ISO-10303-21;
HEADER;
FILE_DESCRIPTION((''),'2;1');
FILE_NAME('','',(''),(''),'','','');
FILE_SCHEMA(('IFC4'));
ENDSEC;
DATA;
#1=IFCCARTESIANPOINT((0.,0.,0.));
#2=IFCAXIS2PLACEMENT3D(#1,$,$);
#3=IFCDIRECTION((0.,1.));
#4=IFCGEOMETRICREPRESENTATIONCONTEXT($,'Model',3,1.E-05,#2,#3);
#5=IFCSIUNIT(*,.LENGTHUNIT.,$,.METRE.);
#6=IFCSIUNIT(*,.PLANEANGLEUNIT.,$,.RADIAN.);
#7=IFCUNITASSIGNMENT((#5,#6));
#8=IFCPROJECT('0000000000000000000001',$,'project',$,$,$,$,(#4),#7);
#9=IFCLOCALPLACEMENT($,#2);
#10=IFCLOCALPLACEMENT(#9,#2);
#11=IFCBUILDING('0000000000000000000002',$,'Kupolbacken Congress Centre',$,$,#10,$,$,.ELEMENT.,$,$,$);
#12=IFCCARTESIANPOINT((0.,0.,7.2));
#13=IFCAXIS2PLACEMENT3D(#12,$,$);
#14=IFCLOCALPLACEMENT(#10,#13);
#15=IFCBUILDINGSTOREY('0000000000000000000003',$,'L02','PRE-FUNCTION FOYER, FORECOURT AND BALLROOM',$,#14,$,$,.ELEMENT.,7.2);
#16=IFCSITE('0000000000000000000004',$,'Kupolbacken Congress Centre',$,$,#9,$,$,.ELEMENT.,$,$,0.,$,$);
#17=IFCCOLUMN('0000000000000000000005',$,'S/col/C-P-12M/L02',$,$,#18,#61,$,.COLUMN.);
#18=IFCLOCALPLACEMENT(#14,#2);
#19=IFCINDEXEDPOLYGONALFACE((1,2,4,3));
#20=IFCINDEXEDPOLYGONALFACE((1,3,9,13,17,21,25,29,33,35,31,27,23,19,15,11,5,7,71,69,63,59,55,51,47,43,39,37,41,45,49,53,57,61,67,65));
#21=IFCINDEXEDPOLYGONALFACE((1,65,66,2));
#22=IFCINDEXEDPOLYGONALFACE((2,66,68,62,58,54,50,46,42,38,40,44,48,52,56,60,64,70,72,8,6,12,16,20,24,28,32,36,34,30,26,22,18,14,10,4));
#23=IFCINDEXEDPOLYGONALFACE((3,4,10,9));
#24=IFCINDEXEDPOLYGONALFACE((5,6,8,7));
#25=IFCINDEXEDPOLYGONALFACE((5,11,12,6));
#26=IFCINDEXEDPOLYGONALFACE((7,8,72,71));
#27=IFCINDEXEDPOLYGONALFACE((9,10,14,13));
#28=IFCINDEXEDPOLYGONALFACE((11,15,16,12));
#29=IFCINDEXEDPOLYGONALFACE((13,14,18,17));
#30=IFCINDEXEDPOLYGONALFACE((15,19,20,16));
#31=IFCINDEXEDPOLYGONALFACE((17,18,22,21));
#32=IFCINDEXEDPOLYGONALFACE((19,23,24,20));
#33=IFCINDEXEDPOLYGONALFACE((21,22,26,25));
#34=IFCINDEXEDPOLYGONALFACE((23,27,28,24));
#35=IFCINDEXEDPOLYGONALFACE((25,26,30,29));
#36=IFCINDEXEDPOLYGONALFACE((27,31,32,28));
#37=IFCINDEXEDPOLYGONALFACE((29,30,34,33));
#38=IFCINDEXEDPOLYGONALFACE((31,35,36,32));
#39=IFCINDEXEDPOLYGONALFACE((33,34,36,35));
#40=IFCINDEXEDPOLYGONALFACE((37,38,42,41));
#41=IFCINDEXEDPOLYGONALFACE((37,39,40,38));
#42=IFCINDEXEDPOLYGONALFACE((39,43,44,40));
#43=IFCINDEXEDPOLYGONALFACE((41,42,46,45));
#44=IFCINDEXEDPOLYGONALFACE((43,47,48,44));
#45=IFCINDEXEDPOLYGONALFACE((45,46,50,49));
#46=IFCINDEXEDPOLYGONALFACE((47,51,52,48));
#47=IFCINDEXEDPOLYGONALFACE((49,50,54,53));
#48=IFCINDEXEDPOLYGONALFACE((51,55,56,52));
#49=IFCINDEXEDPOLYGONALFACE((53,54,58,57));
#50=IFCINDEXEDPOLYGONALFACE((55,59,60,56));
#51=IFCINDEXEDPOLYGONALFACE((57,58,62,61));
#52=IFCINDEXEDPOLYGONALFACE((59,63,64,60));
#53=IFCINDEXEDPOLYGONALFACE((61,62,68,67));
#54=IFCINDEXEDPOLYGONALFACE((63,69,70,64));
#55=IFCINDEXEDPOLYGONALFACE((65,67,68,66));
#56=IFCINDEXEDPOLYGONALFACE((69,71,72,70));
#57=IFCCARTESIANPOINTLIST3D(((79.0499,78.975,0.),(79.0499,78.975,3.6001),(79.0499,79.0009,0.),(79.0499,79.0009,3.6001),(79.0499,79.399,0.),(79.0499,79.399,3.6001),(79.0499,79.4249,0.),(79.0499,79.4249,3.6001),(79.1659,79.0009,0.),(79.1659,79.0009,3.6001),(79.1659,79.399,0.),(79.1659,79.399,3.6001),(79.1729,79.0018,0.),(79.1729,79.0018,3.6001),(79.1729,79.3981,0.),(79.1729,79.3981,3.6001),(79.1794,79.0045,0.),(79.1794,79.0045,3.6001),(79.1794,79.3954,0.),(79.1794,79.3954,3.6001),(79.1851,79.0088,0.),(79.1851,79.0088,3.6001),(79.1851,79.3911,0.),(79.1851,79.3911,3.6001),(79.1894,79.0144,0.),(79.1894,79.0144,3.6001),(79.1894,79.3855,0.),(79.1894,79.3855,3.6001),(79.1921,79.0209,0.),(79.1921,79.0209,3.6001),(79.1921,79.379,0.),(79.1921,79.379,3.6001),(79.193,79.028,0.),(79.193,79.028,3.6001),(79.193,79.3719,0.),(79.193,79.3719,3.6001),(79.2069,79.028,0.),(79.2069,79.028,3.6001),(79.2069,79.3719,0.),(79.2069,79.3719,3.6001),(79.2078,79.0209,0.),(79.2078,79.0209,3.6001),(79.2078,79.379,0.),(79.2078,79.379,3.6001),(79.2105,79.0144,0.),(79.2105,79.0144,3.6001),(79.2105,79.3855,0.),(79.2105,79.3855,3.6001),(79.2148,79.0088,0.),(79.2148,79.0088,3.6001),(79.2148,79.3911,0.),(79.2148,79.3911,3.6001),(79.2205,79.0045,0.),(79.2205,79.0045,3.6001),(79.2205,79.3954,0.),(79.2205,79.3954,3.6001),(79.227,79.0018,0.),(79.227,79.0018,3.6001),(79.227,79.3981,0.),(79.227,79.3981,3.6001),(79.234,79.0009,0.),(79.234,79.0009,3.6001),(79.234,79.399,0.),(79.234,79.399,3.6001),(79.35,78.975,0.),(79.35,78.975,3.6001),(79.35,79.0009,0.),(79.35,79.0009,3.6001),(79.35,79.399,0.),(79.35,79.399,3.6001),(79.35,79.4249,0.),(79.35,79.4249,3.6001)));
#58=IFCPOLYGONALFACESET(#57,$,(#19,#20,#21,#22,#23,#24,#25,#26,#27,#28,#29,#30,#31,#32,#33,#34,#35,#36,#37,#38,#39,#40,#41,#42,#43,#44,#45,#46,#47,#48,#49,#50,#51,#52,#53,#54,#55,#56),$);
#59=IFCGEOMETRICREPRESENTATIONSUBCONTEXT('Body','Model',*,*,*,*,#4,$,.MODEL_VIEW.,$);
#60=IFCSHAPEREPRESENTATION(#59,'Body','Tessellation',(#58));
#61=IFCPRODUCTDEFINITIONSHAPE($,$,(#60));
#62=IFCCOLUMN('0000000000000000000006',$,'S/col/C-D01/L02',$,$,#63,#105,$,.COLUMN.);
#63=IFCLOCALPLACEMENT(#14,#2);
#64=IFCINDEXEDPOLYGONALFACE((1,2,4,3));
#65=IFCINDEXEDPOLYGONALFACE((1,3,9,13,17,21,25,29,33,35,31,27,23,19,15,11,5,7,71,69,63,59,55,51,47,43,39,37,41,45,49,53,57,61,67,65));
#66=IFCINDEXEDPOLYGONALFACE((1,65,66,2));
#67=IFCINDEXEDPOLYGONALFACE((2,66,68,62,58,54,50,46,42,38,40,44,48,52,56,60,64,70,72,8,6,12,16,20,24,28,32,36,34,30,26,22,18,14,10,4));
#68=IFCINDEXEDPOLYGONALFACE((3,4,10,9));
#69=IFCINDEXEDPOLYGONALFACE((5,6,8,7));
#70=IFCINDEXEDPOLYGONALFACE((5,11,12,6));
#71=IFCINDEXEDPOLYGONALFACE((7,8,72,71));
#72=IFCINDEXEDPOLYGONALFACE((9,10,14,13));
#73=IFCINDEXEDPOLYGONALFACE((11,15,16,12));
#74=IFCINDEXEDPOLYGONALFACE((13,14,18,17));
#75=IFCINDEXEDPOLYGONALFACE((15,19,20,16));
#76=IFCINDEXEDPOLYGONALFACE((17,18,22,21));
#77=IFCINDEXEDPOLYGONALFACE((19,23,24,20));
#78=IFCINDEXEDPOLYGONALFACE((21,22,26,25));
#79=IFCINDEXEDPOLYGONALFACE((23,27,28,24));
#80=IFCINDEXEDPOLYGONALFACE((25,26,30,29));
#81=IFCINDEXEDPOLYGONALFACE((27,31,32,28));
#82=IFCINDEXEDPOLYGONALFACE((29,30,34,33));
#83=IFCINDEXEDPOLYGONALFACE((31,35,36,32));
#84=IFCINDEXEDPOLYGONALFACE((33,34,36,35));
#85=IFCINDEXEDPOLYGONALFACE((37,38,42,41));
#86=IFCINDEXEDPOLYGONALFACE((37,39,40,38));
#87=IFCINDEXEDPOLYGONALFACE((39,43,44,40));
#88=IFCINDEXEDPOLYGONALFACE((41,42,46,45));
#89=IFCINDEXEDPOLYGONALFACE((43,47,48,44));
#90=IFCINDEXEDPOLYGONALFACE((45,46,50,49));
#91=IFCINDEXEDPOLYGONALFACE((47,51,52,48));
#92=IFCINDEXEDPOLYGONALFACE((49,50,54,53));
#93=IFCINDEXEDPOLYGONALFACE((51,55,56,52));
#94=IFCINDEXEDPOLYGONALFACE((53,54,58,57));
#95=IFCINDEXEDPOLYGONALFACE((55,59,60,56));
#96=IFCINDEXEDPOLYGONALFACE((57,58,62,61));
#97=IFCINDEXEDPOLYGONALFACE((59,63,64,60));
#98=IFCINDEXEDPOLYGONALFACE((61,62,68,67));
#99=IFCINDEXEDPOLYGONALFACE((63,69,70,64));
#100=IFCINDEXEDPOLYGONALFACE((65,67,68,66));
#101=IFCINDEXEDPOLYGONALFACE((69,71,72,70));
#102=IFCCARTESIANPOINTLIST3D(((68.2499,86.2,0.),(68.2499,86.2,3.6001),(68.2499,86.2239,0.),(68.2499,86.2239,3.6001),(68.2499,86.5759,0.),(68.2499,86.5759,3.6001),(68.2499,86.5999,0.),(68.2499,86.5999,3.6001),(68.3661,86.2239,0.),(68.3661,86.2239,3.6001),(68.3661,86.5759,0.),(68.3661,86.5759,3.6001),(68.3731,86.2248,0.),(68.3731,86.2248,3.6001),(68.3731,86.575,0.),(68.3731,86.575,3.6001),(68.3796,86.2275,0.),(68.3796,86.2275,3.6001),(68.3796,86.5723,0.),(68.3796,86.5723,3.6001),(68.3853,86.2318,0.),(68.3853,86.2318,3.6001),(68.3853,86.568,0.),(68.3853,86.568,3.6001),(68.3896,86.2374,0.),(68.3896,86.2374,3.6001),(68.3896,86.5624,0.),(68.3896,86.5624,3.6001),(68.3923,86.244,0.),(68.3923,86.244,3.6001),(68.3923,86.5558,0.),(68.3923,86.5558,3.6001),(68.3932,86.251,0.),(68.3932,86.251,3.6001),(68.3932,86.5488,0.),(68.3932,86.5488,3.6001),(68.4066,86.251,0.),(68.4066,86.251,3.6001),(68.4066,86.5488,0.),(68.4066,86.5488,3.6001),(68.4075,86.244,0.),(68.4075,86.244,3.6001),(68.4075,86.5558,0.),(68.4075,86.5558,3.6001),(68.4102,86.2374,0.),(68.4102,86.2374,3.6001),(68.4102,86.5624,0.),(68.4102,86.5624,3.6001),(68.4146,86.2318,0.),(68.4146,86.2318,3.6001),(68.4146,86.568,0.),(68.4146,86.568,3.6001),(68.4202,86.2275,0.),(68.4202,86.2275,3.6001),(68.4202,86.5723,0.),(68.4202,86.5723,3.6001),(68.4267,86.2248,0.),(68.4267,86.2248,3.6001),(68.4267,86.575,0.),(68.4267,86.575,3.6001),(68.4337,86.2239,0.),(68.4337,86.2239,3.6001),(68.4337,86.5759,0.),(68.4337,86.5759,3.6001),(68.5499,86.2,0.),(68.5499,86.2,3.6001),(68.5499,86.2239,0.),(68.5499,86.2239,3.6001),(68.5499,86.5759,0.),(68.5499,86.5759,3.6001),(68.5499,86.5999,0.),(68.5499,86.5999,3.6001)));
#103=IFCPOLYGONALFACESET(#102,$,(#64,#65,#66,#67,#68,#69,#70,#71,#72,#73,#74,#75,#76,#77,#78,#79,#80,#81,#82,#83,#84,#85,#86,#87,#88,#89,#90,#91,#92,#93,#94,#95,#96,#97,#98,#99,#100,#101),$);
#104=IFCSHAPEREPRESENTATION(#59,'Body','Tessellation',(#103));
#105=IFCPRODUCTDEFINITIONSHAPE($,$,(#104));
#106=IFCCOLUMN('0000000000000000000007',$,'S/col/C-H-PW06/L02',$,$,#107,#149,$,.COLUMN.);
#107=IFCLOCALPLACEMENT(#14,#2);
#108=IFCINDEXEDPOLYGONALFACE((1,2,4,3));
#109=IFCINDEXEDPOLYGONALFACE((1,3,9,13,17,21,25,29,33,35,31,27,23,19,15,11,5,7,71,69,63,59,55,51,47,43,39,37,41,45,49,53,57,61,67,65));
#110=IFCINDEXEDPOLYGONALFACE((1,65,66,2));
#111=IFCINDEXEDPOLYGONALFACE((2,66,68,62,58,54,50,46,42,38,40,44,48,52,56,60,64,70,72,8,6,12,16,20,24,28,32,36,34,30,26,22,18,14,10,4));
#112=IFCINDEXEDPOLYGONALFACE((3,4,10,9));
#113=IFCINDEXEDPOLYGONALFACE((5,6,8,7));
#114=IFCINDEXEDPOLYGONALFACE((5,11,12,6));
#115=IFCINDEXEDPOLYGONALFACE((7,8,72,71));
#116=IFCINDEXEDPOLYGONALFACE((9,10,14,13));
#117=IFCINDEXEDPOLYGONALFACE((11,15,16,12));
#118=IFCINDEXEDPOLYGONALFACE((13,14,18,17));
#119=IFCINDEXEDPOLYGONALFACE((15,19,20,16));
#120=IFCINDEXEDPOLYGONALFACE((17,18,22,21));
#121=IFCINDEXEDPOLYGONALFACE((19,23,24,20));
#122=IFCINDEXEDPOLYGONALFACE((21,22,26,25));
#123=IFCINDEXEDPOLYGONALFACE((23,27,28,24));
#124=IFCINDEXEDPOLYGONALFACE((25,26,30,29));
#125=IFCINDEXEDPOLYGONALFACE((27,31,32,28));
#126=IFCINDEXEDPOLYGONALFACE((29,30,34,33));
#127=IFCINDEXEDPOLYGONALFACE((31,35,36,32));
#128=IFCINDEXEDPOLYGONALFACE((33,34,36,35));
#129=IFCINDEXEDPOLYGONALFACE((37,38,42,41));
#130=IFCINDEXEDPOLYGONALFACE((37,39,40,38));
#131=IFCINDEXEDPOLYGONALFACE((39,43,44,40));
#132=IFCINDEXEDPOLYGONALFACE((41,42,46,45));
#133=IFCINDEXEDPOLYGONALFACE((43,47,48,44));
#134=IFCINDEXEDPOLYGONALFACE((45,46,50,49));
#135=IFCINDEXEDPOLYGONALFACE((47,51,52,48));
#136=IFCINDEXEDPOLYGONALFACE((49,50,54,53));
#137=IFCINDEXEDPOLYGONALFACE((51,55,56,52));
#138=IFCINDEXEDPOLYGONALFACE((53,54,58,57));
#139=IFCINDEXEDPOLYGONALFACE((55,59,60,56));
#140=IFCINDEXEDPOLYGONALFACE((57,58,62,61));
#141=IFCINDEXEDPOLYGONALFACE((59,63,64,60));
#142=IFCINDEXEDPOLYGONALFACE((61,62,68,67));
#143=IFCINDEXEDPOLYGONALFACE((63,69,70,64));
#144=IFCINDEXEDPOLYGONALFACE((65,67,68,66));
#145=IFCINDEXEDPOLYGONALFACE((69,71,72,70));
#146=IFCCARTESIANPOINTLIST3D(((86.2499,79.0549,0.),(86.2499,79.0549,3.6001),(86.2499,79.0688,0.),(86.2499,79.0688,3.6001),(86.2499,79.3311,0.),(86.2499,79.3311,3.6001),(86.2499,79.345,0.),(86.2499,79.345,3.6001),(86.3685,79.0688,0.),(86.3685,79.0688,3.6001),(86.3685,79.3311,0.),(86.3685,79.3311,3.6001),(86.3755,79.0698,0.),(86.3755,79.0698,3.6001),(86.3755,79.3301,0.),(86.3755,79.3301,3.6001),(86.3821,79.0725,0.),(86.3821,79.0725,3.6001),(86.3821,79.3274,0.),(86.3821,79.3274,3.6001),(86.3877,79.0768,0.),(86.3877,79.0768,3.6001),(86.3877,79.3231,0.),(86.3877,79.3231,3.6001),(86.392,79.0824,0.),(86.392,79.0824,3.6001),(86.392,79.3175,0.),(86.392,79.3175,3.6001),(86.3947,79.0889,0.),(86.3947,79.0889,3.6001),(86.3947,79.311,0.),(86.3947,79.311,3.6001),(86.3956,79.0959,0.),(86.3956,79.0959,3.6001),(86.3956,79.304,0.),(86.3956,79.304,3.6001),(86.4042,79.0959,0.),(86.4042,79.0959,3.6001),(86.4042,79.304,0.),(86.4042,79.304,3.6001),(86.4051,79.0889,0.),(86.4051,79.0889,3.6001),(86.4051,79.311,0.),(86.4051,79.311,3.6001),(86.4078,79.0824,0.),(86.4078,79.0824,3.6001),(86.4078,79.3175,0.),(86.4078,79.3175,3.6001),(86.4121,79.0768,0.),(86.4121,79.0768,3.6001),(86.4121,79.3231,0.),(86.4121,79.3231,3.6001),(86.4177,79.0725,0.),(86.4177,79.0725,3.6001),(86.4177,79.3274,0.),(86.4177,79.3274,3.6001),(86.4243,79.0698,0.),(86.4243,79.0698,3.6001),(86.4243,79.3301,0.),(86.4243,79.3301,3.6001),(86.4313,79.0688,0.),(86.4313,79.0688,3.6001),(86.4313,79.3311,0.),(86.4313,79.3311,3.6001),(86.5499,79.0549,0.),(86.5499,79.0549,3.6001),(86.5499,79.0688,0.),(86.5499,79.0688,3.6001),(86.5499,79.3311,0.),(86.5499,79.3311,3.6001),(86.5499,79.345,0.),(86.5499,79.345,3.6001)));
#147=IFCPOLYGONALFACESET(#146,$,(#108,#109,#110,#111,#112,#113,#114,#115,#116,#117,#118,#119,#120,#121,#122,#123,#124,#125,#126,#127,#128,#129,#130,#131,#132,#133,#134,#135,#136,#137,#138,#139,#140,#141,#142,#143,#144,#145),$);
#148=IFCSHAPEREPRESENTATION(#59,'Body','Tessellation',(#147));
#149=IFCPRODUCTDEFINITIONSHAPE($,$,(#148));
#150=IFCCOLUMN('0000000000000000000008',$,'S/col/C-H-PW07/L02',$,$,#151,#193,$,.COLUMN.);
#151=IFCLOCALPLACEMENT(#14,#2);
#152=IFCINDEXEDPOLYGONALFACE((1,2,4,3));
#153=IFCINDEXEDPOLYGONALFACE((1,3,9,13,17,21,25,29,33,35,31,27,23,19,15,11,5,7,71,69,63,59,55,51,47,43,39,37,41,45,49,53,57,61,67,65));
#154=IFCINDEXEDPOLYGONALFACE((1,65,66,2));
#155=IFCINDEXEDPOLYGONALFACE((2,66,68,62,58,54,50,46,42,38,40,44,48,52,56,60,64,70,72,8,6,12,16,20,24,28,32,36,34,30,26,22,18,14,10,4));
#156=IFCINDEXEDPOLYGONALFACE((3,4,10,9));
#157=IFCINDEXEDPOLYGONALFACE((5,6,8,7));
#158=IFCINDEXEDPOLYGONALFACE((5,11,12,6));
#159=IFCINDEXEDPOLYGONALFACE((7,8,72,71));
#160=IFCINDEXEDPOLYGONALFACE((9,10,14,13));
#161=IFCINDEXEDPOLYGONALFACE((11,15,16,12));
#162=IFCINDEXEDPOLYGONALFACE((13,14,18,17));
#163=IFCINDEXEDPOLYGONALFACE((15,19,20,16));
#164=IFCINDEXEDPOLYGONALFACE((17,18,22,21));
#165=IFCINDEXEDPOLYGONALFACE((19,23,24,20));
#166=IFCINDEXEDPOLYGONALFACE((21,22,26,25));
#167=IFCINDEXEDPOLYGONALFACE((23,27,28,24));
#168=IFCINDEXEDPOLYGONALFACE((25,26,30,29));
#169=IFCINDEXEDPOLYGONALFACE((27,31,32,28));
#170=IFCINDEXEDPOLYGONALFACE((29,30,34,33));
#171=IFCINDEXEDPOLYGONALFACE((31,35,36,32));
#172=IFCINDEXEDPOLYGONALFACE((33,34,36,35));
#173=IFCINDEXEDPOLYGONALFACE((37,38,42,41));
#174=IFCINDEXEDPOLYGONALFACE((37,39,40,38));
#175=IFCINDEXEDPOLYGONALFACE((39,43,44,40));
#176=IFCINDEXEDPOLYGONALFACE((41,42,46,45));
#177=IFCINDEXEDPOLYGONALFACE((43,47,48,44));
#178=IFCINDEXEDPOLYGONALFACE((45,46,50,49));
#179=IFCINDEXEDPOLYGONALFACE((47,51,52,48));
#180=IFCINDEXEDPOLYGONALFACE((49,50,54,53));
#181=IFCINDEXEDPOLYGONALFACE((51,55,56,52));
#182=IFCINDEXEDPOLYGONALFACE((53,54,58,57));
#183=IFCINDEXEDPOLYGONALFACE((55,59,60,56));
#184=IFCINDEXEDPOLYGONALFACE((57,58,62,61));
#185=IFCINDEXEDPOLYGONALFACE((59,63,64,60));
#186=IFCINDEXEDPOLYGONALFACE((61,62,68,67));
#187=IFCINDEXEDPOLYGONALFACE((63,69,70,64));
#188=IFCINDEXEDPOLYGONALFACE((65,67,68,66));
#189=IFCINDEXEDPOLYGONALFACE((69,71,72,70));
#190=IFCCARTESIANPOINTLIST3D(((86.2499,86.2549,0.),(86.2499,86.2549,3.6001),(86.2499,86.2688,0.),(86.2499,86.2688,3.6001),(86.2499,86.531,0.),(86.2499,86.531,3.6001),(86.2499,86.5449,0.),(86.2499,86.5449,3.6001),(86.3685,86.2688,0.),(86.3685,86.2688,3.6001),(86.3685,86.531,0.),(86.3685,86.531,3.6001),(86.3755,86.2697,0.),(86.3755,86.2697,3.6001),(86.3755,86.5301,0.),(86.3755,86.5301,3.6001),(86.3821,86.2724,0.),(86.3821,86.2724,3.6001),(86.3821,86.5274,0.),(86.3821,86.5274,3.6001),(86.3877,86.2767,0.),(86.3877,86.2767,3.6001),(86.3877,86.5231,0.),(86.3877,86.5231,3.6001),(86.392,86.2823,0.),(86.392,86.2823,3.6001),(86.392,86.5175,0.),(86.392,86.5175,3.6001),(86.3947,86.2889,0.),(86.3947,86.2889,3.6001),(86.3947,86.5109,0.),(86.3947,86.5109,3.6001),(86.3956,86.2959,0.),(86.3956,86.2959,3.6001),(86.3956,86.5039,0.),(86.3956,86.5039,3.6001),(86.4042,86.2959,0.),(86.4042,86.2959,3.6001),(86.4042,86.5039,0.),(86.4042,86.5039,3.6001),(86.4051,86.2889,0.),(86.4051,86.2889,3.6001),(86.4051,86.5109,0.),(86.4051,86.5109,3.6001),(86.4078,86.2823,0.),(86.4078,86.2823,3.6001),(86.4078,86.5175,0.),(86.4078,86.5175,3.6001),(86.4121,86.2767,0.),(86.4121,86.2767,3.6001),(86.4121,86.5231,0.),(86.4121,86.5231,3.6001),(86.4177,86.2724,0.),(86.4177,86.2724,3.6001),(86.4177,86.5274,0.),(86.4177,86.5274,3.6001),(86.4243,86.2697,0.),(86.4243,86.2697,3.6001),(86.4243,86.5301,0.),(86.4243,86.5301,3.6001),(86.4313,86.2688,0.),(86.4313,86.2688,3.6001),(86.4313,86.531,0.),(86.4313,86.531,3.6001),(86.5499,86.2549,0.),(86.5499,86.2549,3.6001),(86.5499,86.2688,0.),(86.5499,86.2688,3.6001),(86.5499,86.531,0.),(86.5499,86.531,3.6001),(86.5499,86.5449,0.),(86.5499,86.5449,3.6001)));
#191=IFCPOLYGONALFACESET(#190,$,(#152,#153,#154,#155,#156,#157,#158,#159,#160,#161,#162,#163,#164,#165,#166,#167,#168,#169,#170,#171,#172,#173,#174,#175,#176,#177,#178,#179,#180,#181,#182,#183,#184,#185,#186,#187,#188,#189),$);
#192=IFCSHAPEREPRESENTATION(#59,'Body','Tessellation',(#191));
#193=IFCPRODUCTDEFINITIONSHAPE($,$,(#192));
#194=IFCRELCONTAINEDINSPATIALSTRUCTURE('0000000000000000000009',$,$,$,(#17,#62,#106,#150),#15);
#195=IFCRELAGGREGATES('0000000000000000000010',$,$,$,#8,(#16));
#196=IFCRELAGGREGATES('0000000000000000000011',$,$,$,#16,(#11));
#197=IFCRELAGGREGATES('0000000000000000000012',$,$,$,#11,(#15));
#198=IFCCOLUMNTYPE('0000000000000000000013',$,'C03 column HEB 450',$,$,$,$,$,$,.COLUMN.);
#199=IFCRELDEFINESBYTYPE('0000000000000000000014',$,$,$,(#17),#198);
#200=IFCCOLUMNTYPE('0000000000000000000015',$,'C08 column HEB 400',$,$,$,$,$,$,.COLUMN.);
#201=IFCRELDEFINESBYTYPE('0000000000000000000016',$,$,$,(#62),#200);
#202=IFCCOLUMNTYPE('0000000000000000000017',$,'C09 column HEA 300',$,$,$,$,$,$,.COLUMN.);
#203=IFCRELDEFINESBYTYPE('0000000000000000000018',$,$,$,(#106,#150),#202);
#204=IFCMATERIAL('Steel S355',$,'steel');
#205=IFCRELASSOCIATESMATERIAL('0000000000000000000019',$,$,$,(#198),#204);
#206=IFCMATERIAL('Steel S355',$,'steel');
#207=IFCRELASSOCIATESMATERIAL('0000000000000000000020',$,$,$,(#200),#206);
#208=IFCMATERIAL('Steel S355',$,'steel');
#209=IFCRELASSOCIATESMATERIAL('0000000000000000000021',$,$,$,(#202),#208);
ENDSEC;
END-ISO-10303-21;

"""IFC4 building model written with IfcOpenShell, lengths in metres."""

from ifc_helpers import new_model, si_unit, direction, frame, origin, origin_2d, place, context, subcontext, project, spatial, i_section, extrude, material, material_profile, profile_set, type_object, element, save


model = new_model("IFC4")

# Units and contexts
model_context = context("Model", 3, precision=1e-05, world=origin(), true_north=direction((0.0, 1.0)))
body_context = subcontext(model_context, "Body", "Model", "MODEL_VIEW")
ifc_project = project(units=[si_unit("LENGTHUNIT", "METRE"), si_unit("PLANEANGLEUNIT", "RADIAN")], contexts=[model_context])

# Site, building, storey
site_placement = place(None, origin())
site = spatial("IfcSite", under=ifc_project, at=site_placement, Name="Kupolbacken Congress Centre", CompositionType="ELEMENT", RefElevation=0.0)
building_placement = place(site_placement, origin())
building = spatial("IfcBuilding", under=site, at=building_placement, Name="Kupolbacken Congress Centre", CompositionType="ELEMENT")
storey_placement = place(building_placement, frame((0.0, 0.0, 7.2)))
storey = spatial("IfcBuildingStorey", under=building, at=storey_placement, Name="L02", Description="PRE-FUNCTION FOYER, FORECOURT AND BALLROOM", CompositionType="ELEMENT", Elevation=7.2)

# Columns
ifc_material_1 = material(Name="Steel S355", Category="steel")
ifc_material_profile_1 = material_profile(ifc_material_1, i_section(OverallWidth=0.3, OverallDepth=0.45, WebThickness=0.0139, FlangeThickness=0.0259, FilletRadius=0.0271, at=origin_2d()), Name="HEB 450")
ifc_profile_set_1 = profile_set([ifc_material_profile_1], Name="Steel S355")
column_type_1 = type_object("IfcColumnType", Name="C03 column HEB 450", PredefinedType="COLUMN", material=ifc_profile_set_1)
column_1_placement = place(storey_placement, frame((79.2, 79.2, 0.0), z_axis=(0.0, 0.0, 1.0), x_axis=(1.0, 0.0, 0.0)))
element("IfcColumn", 1, at=column_1_placement, inside=storey, type_object=column_type_1, Name="S/col/C-P-12M/L02", PredefinedType="COLUMN", context=body_context, shape_type="SweptSolid", body=[
    extrude(i_section(OverallWidth=0.3, OverallDepth=0.45, WebThickness=0.0139, FlangeThickness=0.0259, FilletRadius=0.0271, at=origin_2d()), origin(), (0.0, 0.0, 1.0), 3.6001),
])
ifc_material_2 = material(Name="Steel S355", Category="steel")
ifc_material_profile_2 = material_profile(ifc_material_2, i_section(OverallWidth=0.3, OverallDepth=0.3999, WebThickness=0.0134, FlangeThickness=0.0239, FilletRadius=0.0271, at=origin_2d()), Name="HEB 400")
ifc_profile_set_2 = profile_set([ifc_material_profile_2], Name="Steel S355")
column_type_2 = type_object("IfcColumnType", Name="C08 column HEB 400", PredefinedType="COLUMN", material=ifc_profile_set_2)
column_2_placement = place(storey_placement, frame((68.3999, 86.3999, 0.0), z_axis=(0.0, 0.0, 1.0), x_axis=(1.0, 0.0, 0.0)))
element("IfcColumn", 2, at=column_2_placement, inside=storey, type_object=column_type_2, Name="S/col/C-D01/L02", PredefinedType="COLUMN", context=body_context, shape_type="SweptSolid", body=[
    extrude(i_section(OverallWidth=0.3, OverallDepth=0.3999, WebThickness=0.0134, FlangeThickness=0.0239, FilletRadius=0.0271, at=origin_2d()), origin(), (0.0, 0.0, 1.0), 3.6001),
])
ifc_material_3 = material(Name="Steel S355", Category="steel")
ifc_material_profile_3 = material_profile(ifc_material_3, i_section(OverallWidth=0.3, OverallDepth=0.29, WebThickness=0.0085, FlangeThickness=0.0139, FilletRadius=0.0271, at=origin_2d()), Name="HEA 300")
ifc_profile_set_3 = profile_set([ifc_material_profile_3], Name="Steel S355")
column_type_3 = type_object("IfcColumnType", Name="C09 column HEA 300", PredefinedType="COLUMN", material=ifc_profile_set_3)
for number, where, z_axis, x_axis, name in (
    (3, (86.3999, 79.2, 0.0), (0.0, 0.0, 1.0), (1.0, 0.0, 0.0), "S/col/C-H-PW06/L02"),
    (4, (86.3999, 86.3999, 0.0), (0.0, 0.0, 1.0), (1.0, 0.0, 0.0), "S/col/C-H-PW07/L02"),
):
    element("IfcColumn", number, at=place(storey_placement, frame(where, z_axis=z_axis, x_axis=x_axis)), inside=storey, type_object=column_type_3, Name=name, PredefinedType="COLUMN", context=body_context, shape_type="SweptSolid", body=[
        extrude(i_section(OverallWidth=0.3, OverallDepth=0.29, WebThickness=0.0085, FlangeThickness=0.0139, FilletRadius=0.0271, at=origin_2d()), origin(), (0.0, 0.0, 1.0), 3.6001),
    ])

save(model, "model.ifc")
